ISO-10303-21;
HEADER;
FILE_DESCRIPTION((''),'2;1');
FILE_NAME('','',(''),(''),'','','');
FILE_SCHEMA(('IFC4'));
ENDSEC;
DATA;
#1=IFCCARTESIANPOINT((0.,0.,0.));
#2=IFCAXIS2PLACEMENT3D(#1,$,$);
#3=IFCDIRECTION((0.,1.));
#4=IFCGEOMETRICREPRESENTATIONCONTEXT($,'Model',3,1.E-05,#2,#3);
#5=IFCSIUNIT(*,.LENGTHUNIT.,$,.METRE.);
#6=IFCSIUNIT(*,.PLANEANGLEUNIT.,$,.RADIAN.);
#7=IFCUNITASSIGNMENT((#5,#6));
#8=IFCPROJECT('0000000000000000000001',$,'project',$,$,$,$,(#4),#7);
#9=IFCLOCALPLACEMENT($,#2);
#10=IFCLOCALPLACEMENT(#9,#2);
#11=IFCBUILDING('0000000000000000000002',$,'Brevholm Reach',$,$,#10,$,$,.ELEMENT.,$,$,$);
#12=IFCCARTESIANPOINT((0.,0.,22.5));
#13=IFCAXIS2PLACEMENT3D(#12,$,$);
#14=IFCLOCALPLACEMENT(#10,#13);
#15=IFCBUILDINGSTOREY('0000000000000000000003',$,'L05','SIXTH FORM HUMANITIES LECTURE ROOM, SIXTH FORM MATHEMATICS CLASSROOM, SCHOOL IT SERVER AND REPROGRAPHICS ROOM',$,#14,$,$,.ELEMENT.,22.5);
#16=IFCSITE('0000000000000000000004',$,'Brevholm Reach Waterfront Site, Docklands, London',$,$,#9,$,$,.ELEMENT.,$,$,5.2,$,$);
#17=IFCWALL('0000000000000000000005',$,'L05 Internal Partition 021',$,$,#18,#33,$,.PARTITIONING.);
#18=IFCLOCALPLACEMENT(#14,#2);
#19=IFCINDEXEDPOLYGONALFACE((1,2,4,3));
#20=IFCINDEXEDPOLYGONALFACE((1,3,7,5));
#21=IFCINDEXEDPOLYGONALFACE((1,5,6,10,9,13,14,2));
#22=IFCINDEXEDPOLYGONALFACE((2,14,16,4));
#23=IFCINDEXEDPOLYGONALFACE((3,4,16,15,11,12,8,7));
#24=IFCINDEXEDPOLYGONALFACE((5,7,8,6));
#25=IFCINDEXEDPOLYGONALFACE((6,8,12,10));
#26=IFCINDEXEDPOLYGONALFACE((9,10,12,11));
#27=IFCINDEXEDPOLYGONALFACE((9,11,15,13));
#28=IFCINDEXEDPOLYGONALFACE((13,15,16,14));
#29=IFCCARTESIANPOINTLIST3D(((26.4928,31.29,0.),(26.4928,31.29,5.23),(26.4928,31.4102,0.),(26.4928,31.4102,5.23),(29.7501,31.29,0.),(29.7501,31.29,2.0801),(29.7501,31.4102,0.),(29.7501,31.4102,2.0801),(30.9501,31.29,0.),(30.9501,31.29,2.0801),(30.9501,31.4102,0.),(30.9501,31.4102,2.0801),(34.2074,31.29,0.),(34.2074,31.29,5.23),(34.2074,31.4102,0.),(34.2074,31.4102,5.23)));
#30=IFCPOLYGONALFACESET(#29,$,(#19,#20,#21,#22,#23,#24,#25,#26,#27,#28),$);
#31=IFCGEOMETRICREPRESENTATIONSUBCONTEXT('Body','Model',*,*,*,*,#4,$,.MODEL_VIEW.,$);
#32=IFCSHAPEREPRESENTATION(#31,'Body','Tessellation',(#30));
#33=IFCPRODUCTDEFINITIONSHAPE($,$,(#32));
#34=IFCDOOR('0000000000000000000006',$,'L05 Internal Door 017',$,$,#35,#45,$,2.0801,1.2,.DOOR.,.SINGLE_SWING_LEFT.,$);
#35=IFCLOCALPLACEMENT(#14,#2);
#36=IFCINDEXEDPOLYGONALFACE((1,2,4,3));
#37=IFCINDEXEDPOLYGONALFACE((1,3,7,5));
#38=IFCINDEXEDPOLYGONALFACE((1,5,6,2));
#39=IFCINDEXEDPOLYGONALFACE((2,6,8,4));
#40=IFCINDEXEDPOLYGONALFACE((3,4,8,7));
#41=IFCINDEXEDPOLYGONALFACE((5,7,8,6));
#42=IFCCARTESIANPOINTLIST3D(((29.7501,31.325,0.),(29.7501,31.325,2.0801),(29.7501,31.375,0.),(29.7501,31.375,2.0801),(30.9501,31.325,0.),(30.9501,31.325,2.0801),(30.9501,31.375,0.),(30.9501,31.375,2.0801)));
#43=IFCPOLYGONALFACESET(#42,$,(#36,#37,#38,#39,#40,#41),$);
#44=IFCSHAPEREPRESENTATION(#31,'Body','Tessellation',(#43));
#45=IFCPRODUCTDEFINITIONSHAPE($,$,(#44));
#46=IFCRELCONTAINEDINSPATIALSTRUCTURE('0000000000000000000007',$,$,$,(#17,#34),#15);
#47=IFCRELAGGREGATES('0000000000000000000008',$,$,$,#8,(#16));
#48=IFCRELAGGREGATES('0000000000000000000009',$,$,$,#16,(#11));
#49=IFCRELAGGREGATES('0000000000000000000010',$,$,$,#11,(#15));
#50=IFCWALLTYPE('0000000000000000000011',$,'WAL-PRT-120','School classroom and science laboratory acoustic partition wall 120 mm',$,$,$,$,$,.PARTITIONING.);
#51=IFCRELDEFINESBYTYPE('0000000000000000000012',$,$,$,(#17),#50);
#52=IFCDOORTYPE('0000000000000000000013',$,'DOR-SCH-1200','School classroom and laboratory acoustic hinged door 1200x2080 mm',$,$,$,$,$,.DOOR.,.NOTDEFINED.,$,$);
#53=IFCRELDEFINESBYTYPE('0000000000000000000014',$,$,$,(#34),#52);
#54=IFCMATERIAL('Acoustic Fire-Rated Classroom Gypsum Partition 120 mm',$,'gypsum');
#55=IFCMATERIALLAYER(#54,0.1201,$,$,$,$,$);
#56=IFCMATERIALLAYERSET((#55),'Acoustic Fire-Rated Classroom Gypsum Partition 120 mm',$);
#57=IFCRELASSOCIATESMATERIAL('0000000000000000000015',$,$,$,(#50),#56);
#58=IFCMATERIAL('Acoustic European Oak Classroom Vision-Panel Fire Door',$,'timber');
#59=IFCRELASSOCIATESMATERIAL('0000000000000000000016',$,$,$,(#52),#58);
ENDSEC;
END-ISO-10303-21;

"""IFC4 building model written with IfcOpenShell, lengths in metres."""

from ifc_helpers import new_model, si_unit, direction, frame, frame_2d, origin, place, context, subcontext, project, spatial, rectangle, extrude, material, layer, layer_set, type_object, element, fill, save


model = new_model("IFC4")

# Units and contexts
model_context = context("Model", 3, precision=1e-05, world=origin(), true_north=direction((0.0, 1.0)))
body_context = subcontext(model_context, "Body", "Model", "MODEL_VIEW")
ifc_project = project(units=[si_unit("LENGTHUNIT", "METRE"), si_unit("PLANEANGLEUNIT", "RADIAN")], contexts=[model_context])

# Site, building, storey
site_placement = place(None, origin())
site = spatial("IfcSite", under=ifc_project, at=site_placement, Name="Brevholm Reach Waterfront Site, Docklands, London", CompositionType="ELEMENT", RefElevation=5.2)
building_placement = place(site_placement, origin())
building = spatial("IfcBuilding", under=site, at=building_placement, Name="Brevholm Reach", CompositionType="ELEMENT")
storey_placement = place(building_placement, frame((0.0, 0.0, 22.5)))
storey = spatial("IfcBuildingStorey", under=building, at=storey_placement, Name="L05", Description="SIXTH FORM HUMANITIES LECTURE ROOM, SIXTH FORM MATHEMATICS CLASSROOM, SCHOOL IT SERVER AND REPROGRAPHICS ROOM", CompositionType="ELEMENT", Elevation=22.5)

# Wall, opening, door
ifc_material_1 = material(Name="Acoustic Fire-Rated Classroom Gypsum Partition 120 mm", Category="gypsum")
ifc_layer_1 = layer(ifc_material_1, 0.1201)
ifc_layer_set_1 = layer_set([ifc_layer_1], Name="Acoustic Fire-Rated Classroom Gypsum Partition 120 mm")
wall_type = type_object("IfcWallType", Name="WAL-PRT-120", Description="School classroom and science laboratory acoustic partition wall 120 mm", PredefinedType="PARTITIONING", material=ifc_layer_set_1)
ifc_material_2 = material(Name="Acoustic European Oak Classroom Vision-Panel Fire Door", Category="timber")
door_type = type_object("IfcDoorType", Name="DOR-SCH-1200", Description="School classroom and laboratory acoustic hinged door 1200x2080 mm", OperationType="NOTDEFINED", PredefinedType="DOOR", material=ifc_material_2)
wall_1_placement = place(storey_placement, frame((26.4927, 31.3501, 0.0), z_axis=(0.0, 0.0, 1.0), x_axis=(1.0, 0.0, 0.0)))
wall_1 = element("IfcWall", 1, at=wall_1_placement, inside=storey, type_object=wall_type, Name="L05 Internal Partition 021", PredefinedType="PARTITIONING", context=body_context, shape_type="SweptSolid", body=[
    extrude(rectangle(XDim=7.7146, YDim=0.1201, at=frame_2d((3.8574, 0.0))), origin(), (0.0, 0.0, 1.0), 5.23),
])
opening_1_placement = place(wall_1_placement, frame((3.2573, 0.0, 0.0)))
opening_1 = element("IfcOpeningElement", 2, at=opening_1_placement, cuts=wall_1, PredefinedType="OPENING", context=body_context, shape_type="SweptSolid", body=[
    extrude(rectangle(XDim=1.2, YDim=2.0801, at=frame_2d((0.6001, 1.04))), frame((0.0, 0.0701, 0.0), z_axis=(0.0, -1.0, 0.0), x_axis=(1.0, 0.0, 0.0)), (0.0, 0.0, 1.0), 0.1401),
])
door_1_placement = place(opening_1_placement, origin())
door_1 = element("IfcDoor", 3, at=door_1_placement, inside=storey, type_object=door_type, Name="L05 Internal Door 017", OperationType="SINGLE_SWING_LEFT", OverallHeight=2.0801, OverallWidth=1.2, PredefinedType="DOOR", context=body_context, shape_type="SweptSolid", body=[
    extrude(rectangle(XDim=1.2, YDim=2.0801, at=frame_2d((0.6001, 1.04))), frame((0.0, 0.0249, 0.0), z_axis=(0.0, -1.0, 0.0), x_axis=(1.0, 0.0, 0.0)), (0.0, 0.0, 1.0), 0.05),
])
fill(opening_1, door_1)

save(model, "model.ifc")
